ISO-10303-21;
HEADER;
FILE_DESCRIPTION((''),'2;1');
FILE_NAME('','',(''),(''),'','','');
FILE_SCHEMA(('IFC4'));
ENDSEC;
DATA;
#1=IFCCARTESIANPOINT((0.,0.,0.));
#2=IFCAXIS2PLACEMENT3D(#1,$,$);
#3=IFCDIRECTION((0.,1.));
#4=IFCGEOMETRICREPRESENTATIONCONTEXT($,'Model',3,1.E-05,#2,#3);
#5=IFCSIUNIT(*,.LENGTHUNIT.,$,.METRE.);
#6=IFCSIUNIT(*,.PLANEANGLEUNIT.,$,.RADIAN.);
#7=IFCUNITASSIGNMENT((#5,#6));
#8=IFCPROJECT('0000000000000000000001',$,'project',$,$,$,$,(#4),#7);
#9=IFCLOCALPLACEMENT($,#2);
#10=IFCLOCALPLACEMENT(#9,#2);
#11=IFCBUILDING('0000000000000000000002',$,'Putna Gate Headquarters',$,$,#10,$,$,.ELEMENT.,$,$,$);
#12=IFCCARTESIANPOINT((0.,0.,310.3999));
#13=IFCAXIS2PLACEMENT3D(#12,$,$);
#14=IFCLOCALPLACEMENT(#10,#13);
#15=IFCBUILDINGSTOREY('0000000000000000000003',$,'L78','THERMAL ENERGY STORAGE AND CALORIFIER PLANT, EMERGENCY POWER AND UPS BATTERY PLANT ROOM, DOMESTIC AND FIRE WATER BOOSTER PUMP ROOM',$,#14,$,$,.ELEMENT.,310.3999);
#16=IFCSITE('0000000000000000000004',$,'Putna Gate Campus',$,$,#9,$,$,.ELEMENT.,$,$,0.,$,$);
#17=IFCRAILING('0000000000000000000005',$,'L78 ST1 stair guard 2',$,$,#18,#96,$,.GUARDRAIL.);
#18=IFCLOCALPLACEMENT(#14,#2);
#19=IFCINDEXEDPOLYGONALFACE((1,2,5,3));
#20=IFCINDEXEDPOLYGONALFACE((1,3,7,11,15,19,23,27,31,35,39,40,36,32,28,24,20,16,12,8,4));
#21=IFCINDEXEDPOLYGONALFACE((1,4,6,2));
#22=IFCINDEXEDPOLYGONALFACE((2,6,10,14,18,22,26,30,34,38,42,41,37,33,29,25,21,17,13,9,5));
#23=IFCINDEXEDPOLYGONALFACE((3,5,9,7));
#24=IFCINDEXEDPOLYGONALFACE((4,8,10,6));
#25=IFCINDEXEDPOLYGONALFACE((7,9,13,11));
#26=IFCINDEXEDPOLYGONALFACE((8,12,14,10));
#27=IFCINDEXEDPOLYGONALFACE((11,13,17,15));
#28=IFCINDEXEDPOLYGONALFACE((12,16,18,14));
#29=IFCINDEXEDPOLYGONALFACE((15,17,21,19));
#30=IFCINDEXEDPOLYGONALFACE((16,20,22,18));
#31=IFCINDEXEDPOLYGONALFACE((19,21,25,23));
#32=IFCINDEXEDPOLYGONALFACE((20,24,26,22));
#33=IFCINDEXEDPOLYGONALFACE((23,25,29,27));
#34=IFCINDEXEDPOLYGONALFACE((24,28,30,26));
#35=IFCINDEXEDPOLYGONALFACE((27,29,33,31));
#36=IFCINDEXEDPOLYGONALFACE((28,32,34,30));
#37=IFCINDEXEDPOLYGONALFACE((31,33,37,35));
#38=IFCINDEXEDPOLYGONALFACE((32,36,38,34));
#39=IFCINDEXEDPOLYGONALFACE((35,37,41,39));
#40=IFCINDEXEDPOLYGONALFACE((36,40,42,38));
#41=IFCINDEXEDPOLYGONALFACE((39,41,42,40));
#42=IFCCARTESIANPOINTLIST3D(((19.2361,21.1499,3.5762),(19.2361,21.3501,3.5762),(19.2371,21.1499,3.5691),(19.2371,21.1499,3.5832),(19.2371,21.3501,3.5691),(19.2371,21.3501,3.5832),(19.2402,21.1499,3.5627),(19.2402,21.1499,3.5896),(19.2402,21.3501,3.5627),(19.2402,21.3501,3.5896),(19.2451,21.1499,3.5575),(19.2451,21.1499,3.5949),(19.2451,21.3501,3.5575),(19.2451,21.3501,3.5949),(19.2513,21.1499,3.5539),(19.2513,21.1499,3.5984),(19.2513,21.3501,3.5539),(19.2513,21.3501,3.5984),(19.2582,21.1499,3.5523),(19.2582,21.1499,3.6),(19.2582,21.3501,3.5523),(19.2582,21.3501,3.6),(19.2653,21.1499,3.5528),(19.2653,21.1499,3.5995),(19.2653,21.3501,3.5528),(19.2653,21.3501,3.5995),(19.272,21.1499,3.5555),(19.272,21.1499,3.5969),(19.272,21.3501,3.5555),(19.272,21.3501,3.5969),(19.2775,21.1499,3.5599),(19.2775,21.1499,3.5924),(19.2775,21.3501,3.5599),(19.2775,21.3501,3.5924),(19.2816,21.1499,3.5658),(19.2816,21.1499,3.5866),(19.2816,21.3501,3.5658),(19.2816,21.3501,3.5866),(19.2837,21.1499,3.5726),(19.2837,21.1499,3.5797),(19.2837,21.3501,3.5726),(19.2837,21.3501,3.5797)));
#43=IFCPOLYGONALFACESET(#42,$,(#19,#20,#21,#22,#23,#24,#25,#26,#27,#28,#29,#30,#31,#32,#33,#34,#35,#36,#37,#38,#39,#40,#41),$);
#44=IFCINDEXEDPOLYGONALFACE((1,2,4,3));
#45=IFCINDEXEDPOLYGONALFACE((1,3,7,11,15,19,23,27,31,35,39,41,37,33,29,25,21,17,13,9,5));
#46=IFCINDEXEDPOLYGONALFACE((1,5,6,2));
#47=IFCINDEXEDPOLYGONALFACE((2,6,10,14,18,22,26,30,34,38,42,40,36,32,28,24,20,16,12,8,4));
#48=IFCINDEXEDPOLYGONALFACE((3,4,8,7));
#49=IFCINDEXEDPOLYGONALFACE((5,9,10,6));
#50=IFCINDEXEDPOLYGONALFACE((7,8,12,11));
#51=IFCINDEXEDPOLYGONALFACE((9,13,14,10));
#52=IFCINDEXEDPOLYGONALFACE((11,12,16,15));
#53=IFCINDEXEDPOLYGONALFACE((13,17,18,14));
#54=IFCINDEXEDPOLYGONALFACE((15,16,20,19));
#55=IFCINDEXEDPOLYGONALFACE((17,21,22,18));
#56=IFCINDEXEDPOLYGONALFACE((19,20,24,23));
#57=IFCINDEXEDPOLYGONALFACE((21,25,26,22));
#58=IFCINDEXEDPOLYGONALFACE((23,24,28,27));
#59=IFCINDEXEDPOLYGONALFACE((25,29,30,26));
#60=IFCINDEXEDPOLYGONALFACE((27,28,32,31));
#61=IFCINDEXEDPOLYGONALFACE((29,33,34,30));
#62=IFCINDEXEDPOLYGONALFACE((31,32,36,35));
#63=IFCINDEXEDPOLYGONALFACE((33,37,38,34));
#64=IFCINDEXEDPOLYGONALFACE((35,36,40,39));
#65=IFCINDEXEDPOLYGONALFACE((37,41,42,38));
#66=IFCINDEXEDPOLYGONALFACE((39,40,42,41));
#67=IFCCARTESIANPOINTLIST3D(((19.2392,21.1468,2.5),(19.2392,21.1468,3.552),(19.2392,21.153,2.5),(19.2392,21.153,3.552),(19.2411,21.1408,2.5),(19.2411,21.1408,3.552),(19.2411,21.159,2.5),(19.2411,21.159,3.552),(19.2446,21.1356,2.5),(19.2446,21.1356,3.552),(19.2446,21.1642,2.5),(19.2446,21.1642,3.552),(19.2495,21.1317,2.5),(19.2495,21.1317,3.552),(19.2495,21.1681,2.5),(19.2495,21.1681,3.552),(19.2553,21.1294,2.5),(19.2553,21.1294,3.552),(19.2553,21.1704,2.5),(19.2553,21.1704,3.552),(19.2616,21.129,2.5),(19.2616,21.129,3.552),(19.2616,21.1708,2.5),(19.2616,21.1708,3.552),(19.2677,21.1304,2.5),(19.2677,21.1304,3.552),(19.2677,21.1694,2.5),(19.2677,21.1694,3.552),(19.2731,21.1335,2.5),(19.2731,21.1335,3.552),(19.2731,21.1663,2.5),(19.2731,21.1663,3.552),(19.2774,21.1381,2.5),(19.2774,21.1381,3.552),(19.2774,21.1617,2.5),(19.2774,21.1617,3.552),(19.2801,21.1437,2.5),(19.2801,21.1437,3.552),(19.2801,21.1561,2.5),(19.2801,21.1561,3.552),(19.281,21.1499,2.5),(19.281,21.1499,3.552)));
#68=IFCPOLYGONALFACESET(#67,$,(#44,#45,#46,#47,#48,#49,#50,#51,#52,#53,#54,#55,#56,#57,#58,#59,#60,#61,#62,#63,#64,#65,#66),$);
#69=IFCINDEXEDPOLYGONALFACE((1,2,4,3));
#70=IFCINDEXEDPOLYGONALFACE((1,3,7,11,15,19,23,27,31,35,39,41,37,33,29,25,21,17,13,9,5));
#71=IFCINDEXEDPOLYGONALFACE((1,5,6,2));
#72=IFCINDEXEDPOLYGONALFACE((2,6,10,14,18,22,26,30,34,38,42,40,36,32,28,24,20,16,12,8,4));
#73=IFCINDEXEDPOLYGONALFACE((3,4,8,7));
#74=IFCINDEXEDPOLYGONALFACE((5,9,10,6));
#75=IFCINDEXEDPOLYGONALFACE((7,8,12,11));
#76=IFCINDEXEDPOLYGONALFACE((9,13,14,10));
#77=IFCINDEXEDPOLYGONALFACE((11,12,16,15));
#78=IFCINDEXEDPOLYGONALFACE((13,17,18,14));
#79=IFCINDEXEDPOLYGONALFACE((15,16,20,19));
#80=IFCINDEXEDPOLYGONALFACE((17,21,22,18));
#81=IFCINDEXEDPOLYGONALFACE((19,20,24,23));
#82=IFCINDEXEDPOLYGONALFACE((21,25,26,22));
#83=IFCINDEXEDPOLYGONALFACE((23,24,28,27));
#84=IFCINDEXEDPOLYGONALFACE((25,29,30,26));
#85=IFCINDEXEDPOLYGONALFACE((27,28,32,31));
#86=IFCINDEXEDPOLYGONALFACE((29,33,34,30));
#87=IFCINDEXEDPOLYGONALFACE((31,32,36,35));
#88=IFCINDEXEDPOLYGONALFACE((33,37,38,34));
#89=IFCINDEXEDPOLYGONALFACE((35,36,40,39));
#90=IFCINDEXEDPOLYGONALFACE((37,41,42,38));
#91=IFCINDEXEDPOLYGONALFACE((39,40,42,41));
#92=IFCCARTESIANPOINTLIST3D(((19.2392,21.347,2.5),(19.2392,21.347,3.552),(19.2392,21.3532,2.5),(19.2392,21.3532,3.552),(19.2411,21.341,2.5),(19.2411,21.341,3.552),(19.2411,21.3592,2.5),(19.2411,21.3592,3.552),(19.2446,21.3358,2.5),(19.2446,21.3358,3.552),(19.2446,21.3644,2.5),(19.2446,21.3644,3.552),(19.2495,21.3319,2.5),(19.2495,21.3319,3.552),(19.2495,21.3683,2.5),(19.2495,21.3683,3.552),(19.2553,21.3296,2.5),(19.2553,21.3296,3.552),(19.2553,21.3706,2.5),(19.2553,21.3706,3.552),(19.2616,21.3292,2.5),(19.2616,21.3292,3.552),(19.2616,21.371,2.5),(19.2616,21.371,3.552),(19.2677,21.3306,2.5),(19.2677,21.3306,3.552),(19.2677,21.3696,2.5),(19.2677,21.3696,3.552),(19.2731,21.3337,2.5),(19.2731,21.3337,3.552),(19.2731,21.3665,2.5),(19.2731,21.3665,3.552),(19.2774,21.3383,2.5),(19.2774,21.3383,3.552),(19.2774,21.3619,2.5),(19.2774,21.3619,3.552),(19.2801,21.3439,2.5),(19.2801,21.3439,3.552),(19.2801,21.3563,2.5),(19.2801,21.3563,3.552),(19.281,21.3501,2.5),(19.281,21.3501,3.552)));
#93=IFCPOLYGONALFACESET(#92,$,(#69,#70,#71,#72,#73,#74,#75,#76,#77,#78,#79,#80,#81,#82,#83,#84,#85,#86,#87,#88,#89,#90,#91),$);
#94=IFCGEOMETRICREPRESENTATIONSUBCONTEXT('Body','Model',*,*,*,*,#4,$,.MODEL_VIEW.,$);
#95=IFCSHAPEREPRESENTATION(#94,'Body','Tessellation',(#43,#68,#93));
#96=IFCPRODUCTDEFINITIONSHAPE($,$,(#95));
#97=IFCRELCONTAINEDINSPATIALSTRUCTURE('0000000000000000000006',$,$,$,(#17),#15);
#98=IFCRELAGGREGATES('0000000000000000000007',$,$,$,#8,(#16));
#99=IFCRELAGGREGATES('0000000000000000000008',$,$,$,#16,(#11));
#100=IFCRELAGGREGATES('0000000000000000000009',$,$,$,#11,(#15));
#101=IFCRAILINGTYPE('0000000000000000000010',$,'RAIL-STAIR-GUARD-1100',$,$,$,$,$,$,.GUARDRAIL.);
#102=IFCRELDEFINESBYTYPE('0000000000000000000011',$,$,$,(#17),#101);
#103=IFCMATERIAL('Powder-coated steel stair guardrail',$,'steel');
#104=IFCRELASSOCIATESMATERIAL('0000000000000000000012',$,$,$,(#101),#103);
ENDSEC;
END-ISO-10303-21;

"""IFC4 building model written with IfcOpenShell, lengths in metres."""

from ifc_helpers import new_model, si_unit, direction, frame, origin, origin_2d, place, context, subcontext, project, spatial, circle, extrude, material, type_object, element, save


model = new_model("IFC4")

# Units and contexts
model_context = context("Model", 3, precision=1e-05, world=origin(), true_north=direction((0.0, 1.0)))
body_context = subcontext(model_context, "Body", "Model", "MODEL_VIEW")
ifc_project = project(units=[si_unit("LENGTHUNIT", "METRE"), si_unit("PLANEANGLEUNIT", "RADIAN")], contexts=[model_context])

# Site, building, storey
site_placement = place(None, origin())
site = spatial("IfcSite", under=ifc_project, at=site_placement, Name="Putna Gate Campus", CompositionType="ELEMENT", RefElevation=0.0)
building_placement = place(site_placement, origin())
building = spatial("IfcBuilding", under=site, at=building_placement, Name="Putna Gate Headquarters", CompositionType="ELEMENT")
storey_placement = place(building_placement, frame((0.0, 0.0, 310.3999)))
storey = spatial("IfcBuildingStorey", under=building, at=storey_placement, Name="L78", Description="THERMAL ENERGY STORAGE AND CALORIFIER PLANT, EMERGENCY POWER AND UPS BATTERY PLANT ROOM, DOMESTIC AND FIRE WATER BOOSTER PUMP ROOM", CompositionType="ELEMENT", Elevation=310.3999)

# Railing
ifc_material_1 = material(Name="Powder-coated steel stair guardrail", Category="steel")
railing_type_1 = type_object("IfcRailingType", Name="RAIL-STAIR-GUARD-1100", PredefinedType="GUARDRAIL", material=ifc_material_1)
railing_1_placement = place(storey_placement, frame((19.26, 21.1499, 2.5)))
element("IfcRailing", 1, at=railing_1_placement, inside=storey, type_object=railing_type_1, Name="L78 ST1 stair guard 2", PredefinedType="GUARDRAIL", context=body_context, shape_type="SweptSolid", body=[
    extrude(circle(Radius=0.0239, at=origin_2d()), frame((0.0, 0.0, 1.0762), z_axis=(0.0, 1.0, 0.0), x_axis=(-1.0, 0.0, 0.0)), (0.0, 0.0, 1.0), 0.2002),
    extrude(circle(Radius=0.021, at=origin_2d()), origin(), (0.0, 0.0, 1.0), 1.052),
    extrude(circle(Radius=0.021, at=origin_2d()), frame((0.0, 0.2002, 0.0)), (0.0, 0.0, 1.0), 1.052),
])

save(model, "model.ifc")
